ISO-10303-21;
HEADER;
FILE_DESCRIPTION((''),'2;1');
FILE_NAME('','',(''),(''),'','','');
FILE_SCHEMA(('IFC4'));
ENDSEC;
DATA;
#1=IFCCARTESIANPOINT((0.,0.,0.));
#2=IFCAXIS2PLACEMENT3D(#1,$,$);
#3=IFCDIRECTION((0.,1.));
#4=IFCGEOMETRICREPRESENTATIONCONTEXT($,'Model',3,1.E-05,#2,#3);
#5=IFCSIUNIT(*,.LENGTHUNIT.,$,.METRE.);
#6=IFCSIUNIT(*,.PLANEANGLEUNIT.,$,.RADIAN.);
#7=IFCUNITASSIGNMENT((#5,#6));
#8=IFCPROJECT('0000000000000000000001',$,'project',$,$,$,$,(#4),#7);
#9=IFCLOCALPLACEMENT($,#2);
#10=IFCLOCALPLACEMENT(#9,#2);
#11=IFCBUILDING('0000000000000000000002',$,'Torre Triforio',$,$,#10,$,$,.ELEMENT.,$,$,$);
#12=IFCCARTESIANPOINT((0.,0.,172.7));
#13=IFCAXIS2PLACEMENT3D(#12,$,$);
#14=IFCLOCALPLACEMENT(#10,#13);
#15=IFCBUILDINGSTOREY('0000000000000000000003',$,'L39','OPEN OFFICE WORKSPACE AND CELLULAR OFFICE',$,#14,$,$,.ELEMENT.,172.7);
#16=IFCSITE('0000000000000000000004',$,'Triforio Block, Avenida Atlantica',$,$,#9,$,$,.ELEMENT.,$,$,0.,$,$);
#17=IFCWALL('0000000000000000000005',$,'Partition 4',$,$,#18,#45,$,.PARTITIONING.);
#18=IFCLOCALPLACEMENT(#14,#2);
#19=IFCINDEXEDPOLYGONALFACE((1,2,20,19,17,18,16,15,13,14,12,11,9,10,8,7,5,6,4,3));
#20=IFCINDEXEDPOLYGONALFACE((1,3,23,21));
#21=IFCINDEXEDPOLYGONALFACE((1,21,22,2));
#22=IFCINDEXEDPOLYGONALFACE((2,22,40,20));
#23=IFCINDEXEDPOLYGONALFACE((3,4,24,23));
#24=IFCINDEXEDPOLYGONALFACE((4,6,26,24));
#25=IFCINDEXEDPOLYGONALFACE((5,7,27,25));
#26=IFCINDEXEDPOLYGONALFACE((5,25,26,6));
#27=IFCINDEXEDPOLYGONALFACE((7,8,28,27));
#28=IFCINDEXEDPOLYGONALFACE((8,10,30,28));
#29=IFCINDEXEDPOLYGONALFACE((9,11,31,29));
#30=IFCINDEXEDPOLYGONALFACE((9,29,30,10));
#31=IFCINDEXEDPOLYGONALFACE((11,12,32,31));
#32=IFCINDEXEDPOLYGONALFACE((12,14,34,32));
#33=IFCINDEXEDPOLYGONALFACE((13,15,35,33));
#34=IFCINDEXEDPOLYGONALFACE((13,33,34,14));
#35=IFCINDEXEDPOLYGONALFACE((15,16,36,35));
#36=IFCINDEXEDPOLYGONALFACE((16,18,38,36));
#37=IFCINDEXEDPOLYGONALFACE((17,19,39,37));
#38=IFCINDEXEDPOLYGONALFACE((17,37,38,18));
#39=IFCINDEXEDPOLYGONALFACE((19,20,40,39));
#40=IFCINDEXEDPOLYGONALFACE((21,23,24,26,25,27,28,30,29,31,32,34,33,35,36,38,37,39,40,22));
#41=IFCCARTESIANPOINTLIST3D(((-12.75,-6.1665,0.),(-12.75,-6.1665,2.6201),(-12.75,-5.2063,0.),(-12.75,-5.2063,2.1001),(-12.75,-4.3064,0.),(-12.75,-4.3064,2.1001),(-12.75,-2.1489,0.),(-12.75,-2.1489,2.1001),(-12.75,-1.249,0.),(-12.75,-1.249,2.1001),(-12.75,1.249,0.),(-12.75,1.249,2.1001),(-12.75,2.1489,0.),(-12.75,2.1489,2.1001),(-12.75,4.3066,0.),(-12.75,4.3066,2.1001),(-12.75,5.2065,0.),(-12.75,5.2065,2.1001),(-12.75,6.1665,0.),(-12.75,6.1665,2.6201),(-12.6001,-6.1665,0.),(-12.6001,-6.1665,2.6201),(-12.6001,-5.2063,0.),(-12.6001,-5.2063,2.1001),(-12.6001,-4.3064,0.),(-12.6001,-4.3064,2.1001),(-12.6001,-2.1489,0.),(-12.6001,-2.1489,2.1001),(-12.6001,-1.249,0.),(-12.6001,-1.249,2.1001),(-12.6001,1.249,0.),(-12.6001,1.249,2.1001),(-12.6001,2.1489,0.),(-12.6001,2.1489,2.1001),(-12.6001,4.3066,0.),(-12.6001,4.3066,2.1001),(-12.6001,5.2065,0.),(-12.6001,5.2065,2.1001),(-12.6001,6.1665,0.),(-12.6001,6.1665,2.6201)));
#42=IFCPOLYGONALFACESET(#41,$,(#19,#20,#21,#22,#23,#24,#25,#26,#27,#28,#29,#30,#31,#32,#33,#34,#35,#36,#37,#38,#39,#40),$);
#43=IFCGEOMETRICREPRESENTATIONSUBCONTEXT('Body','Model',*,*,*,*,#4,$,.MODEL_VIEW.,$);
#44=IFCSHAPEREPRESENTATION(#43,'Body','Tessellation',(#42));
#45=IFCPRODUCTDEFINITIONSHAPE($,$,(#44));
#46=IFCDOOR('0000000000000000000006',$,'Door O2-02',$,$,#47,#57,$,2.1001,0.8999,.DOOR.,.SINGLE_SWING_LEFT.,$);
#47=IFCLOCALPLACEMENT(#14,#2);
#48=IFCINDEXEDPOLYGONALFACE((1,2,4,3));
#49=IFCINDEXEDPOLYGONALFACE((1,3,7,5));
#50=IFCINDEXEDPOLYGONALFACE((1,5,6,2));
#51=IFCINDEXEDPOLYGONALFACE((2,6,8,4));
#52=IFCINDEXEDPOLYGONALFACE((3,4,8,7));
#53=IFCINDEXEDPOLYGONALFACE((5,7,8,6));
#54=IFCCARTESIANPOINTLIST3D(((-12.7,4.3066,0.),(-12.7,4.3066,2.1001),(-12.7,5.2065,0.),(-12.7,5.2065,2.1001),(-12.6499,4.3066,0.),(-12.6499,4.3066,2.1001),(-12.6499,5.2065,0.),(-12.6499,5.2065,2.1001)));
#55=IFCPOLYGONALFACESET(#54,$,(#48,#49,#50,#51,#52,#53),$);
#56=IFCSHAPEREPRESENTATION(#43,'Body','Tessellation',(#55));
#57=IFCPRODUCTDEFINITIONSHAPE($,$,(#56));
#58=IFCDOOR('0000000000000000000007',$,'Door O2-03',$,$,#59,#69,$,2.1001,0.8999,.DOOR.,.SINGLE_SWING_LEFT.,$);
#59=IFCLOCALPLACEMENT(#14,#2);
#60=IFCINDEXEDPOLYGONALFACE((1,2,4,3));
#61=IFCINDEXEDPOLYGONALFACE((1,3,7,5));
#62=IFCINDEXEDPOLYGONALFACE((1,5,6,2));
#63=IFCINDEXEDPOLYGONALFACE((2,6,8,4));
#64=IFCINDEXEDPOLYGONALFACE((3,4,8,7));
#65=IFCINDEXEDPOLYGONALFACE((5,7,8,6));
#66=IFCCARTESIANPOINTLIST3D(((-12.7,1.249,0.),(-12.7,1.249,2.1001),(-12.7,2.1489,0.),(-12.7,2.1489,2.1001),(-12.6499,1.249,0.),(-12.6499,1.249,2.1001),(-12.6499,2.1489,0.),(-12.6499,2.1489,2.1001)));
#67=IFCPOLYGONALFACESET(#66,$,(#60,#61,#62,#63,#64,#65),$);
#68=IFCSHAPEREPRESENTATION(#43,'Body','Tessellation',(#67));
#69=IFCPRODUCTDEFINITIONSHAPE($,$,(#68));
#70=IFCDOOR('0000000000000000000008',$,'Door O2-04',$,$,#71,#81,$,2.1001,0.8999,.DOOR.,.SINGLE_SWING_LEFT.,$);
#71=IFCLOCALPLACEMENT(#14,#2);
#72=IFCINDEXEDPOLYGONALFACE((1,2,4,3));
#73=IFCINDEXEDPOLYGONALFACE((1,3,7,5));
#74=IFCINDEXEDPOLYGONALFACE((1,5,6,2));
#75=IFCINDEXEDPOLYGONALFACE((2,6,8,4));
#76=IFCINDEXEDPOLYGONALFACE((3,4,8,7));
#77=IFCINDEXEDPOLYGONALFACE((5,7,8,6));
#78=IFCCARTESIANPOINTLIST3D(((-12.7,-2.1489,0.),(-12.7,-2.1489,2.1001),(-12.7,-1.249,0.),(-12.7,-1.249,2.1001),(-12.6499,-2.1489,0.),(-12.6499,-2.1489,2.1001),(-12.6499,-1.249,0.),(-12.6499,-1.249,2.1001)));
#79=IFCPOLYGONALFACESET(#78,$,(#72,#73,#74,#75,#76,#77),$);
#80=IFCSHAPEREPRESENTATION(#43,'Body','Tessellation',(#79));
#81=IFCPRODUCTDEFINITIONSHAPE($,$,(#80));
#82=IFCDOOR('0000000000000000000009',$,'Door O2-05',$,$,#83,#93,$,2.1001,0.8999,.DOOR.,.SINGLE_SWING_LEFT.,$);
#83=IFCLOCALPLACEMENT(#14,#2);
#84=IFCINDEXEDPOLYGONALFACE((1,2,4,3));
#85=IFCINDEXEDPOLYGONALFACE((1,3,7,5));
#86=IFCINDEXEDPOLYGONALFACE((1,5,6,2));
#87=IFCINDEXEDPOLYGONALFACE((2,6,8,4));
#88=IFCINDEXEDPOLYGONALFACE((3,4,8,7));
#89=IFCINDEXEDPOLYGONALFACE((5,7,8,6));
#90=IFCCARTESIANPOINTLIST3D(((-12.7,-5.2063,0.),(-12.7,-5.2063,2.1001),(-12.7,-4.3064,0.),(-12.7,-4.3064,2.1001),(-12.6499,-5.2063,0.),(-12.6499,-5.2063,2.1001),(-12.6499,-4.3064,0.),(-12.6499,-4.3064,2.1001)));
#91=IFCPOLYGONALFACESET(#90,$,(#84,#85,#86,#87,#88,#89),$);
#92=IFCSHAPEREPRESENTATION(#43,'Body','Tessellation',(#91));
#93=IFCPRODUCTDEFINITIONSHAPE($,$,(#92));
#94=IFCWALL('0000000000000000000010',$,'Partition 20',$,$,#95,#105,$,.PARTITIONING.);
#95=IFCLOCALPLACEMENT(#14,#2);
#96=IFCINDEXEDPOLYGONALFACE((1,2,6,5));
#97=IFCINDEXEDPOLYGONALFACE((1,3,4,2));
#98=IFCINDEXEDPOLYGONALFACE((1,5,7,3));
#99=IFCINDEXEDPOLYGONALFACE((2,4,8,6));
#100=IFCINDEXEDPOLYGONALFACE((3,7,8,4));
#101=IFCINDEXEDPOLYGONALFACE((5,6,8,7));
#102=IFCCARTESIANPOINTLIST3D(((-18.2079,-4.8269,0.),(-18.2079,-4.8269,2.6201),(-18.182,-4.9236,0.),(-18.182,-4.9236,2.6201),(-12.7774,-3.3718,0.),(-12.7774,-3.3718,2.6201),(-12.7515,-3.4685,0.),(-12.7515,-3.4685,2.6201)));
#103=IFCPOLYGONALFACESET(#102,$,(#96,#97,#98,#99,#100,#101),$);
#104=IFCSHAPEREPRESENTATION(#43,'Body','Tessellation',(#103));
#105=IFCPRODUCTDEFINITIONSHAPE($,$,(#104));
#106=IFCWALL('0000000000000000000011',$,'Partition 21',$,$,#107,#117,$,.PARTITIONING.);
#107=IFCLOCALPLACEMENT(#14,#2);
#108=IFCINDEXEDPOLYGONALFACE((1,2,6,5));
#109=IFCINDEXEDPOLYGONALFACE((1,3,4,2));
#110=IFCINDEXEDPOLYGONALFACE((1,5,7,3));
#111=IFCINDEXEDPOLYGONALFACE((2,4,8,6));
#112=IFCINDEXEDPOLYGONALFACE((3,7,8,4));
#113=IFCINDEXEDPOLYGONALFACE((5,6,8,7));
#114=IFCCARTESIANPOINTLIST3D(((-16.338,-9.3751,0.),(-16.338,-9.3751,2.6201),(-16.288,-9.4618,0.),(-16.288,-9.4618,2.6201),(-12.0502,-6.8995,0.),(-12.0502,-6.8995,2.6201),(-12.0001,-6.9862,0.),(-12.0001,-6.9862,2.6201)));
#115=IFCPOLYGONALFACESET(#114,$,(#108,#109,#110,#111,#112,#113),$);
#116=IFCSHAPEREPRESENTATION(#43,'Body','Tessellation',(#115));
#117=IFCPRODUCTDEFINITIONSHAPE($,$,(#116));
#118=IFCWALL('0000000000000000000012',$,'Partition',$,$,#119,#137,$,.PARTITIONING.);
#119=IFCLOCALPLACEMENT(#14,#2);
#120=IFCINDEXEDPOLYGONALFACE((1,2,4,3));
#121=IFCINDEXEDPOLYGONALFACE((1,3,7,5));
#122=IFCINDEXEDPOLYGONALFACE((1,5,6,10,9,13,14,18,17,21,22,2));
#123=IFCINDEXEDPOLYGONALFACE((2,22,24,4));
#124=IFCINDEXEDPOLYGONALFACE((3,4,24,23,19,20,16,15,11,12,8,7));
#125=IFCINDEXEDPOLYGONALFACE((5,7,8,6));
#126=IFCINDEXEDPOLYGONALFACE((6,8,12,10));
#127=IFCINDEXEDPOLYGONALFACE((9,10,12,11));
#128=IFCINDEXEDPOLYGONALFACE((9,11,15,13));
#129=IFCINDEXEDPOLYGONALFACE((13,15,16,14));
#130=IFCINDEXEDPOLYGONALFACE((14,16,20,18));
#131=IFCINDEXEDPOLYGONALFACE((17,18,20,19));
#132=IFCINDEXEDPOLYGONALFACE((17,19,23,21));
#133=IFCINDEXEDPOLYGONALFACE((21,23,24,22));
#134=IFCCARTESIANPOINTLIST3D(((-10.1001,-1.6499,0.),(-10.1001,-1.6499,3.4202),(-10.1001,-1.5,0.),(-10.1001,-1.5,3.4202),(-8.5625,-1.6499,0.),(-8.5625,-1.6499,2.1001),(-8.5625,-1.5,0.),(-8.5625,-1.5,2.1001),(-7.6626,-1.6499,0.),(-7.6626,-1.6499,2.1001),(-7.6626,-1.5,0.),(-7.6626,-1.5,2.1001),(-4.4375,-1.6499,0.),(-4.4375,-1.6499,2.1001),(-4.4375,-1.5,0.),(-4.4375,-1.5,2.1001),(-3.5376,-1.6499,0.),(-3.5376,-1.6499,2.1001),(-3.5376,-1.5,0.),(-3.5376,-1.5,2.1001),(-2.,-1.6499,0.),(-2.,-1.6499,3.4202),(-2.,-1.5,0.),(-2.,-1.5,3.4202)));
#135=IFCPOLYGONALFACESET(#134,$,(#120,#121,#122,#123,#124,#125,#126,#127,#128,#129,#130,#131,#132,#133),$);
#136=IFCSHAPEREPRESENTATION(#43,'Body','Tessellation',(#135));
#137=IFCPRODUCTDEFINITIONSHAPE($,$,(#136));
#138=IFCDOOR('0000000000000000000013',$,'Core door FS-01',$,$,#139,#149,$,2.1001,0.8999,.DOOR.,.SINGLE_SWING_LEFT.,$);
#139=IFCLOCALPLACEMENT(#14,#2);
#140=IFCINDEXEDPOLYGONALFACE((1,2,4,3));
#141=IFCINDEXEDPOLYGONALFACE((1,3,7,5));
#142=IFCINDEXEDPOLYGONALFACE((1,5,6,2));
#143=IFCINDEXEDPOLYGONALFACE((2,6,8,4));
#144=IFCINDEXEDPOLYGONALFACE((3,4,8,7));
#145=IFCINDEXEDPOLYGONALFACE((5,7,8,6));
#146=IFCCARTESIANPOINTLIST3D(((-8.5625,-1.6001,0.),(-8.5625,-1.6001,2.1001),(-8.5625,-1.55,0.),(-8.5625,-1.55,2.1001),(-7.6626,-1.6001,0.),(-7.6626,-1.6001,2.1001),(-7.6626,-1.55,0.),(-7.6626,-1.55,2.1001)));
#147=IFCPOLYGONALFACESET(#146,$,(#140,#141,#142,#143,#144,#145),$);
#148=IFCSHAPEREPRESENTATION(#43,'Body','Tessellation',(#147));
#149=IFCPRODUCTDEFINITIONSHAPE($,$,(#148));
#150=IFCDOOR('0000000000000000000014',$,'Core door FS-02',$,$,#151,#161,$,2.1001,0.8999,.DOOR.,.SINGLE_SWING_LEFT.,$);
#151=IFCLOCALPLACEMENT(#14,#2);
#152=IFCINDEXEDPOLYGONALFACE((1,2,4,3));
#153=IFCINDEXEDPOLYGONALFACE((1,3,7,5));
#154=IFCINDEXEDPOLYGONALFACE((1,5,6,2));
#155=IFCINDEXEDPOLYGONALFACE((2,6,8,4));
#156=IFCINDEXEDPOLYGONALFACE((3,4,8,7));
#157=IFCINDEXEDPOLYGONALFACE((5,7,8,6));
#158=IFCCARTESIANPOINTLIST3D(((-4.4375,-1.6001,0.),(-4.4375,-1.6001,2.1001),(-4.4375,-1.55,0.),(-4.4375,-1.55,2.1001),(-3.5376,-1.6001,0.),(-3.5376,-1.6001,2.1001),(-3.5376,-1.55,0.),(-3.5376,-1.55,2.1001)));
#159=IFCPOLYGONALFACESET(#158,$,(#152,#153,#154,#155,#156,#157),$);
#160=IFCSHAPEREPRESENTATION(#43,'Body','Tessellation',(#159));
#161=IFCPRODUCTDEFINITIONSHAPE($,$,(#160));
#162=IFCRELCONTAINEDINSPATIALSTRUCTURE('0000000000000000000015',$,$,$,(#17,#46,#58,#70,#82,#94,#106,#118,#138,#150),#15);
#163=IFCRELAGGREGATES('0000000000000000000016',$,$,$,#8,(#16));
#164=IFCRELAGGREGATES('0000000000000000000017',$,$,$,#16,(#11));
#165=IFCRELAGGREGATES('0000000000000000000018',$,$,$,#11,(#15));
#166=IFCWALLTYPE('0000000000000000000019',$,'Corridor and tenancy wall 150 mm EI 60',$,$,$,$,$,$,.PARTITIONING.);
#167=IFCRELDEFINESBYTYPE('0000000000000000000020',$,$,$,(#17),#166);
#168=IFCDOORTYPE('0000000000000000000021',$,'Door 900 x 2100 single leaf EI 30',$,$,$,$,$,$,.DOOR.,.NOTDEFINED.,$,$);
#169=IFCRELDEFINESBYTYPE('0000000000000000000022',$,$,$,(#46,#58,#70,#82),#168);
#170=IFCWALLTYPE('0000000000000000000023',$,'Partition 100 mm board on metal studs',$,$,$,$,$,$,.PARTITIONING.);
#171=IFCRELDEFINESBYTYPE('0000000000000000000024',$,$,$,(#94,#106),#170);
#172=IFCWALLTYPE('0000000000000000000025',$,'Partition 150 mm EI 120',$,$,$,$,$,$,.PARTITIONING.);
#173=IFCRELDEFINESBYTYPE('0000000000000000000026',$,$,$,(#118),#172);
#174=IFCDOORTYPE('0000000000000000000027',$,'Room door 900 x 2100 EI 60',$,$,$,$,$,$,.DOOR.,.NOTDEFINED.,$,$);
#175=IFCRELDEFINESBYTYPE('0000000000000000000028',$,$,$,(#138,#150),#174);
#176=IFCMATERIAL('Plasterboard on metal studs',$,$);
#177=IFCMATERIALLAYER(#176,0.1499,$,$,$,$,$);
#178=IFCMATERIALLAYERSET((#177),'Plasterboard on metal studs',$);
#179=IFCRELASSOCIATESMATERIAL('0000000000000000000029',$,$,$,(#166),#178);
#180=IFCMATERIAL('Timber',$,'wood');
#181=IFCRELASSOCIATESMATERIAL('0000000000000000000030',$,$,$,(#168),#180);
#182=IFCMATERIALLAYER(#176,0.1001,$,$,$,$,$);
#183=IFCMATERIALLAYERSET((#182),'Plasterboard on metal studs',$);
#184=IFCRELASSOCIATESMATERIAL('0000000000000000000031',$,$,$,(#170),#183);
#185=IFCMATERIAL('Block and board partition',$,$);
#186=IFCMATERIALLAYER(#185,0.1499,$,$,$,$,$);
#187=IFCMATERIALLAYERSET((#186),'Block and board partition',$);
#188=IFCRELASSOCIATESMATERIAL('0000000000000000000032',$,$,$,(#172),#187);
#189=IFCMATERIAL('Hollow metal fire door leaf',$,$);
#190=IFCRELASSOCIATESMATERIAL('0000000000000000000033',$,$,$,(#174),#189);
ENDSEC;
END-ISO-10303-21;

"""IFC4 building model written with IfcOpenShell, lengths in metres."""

from ifc_helpers import new_model, si_unit, direction, frame, frame_2d, origin, place, context, subcontext, project, spatial, rectangle, extrude, material, layer, layer_set, type_object, element, fill, save


model = new_model("IFC4")

# Units and contexts
model_context = context("Model", 3, precision=1e-05, world=origin(), true_north=direction((0.0, 1.0)))
body_context = subcontext(model_context, "Body", "Model", "MODEL_VIEW")
ifc_project = project(units=[si_unit("LENGTHUNIT", "METRE"), si_unit("PLANEANGLEUNIT", "RADIAN")], contexts=[model_context])

# Site, building, storey
site_placement = place(None, origin())
site = spatial("IfcSite", under=ifc_project, at=site_placement, Name="Triforio Block, Avenida Atlantica", CompositionType="ELEMENT", RefElevation=0.0)
building_placement = place(site_placement, origin())
building = spatial("IfcBuilding", under=site, at=building_placement, Name="Torre Triforio", CompositionType="ELEMENT")
storey_placement = place(building_placement, frame((0.0, 0.0, 172.7)))
storey = spatial("IfcBuildingStorey", under=building, at=storey_placement, Name="L39", Description="OPEN OFFICE WORKSPACE AND CELLULAR OFFICE", CompositionType="ELEMENT", Elevation=172.7)

# Shared definitions
ifc_material_1 = material(Name="Hollow metal fire door leaf")

# Wall, openings, doors
ifc_material_2 = material(Name="Plasterboard on metal studs")
ifc_layer_1 = layer(ifc_material_2, 0.1499)
ifc_layer_set_1 = layer_set([ifc_layer_1], Name="Plasterboard on metal studs")
wall_type_1 = type_object("IfcWallType", Name="Corridor and tenancy wall 150 mm EI 60", PredefinedType="PARTITIONING", material=ifc_layer_set_1)
wall_1_placement = place(storey_placement, frame((-12.675, -6.1665, 0.0), z_axis=(0.0, 0.0, 1.0), x_axis=(0.0, 1.0, 0.0)))
wall_1 = element("IfcWall", 1, at=wall_1_placement, inside=storey, type_object=wall_type_1, Name="Partition 4", PredefinedType="PARTITIONING", context=body_context, shape_type="SweptSolid", body=[
    extrude(rectangle(XDim=12.333, YDim=0.1499, at=frame_2d((6.1665, 0.0))), origin(), (0.0, 0.0, 1.0), 2.6201),
])
opening_1_placement = place(wall_1_placement, frame((10.4731, 0.0, 0.0)))
opening_1 = element("IfcOpeningElement", 2, at=opening_1_placement, cuts=wall_1, PredefinedType="OPENING", context=body_context, shape_type="SweptSolid", body=[
    extrude(rectangle(XDim=0.8999, YDim=2.1001, at=frame_2d((0.45, 1.05))), frame((0.0, 0.085, 0.0), z_axis=(0.0, -1.0, 0.0), x_axis=(1.0, 0.0, 0.0)), (0.0, 0.0, 1.0), 0.1699),
])
opening_2_placement = place(wall_1_placement, frame((7.4155, 0.0, 0.0)))
opening_2 = element("IfcOpeningElement", 3, at=opening_2_placement, cuts=wall_1, PredefinedType="OPENING", context=body_context, shape_type="SweptSolid", body=[
    extrude(rectangle(XDim=0.8999, YDim=2.1001, at=frame_2d((0.45, 1.05))), frame((0.0, 0.085, 0.0), z_axis=(0.0, -1.0, 0.0), x_axis=(1.0, 0.0, 0.0)), (0.0, 0.0, 1.0), 0.1699),
])
opening_3_placement = place(wall_1_placement, frame((4.0176, 0.0, 0.0)))
opening_3 = element("IfcOpeningElement", 4, at=opening_3_placement, cuts=wall_1, PredefinedType="OPENING", context=body_context, shape_type="SweptSolid", body=[
    extrude(rectangle(XDim=0.8999, YDim=2.1001, at=frame_2d((0.45, 1.05))), frame((0.0, 0.085, 0.0), z_axis=(0.0, -1.0, 0.0), x_axis=(1.0, 0.0, 0.0)), (0.0, 0.0, 1.0), 0.1699),
])
opening_4_placement = place(wall_1_placement, frame((0.9602, 0.0, 0.0)))
opening_4 = element("IfcOpeningElement", 5, at=opening_4_placement, cuts=wall_1, PredefinedType="OPENING", context=body_context, shape_type="SweptSolid", body=[
    extrude(rectangle(XDim=0.8999, YDim=2.1001, at=frame_2d((0.45, 1.05))), frame((0.0, 0.085, 0.0), z_axis=(0.0, -1.0, 0.0), x_axis=(1.0, 0.0, 0.0)), (0.0, 0.0, 1.0), 0.1699),
])
ifc_material_3 = material(Name="Timber", Category="wood")
door_type_1 = type_object("IfcDoorType", Name="Door 900 x 2100 single leaf EI 30", OperationType="NOTDEFINED", PredefinedType="DOOR", material=ifc_material_3)
door_1_placement = place(opening_1_placement, origin())
door_1 = element("IfcDoor", 6, at=door_1_placement, inside=storey, type_object=door_type_1, Name="Door O2-02", OperationType="SINGLE_SWING_LEFT", OverallHeight=2.1001, OverallWidth=0.8999, PredefinedType="DOOR", context=body_context, shape_type="SweptSolid", body=[
    extrude(rectangle(XDim=0.8999, YDim=2.1001, at=frame_2d((0.45, 1.05))), frame((0.0, 0.0249, 0.0), z_axis=(0.0, -1.0, 0.0), x_axis=(1.0, 0.0, 0.0)), (0.0, 0.0, 1.0), 0.05),
])
fill(opening_1, door_1)
door_2_placement = place(opening_2_placement, origin())
door_2 = element("IfcDoor", 7, at=door_2_placement, inside=storey, type_object=door_type_1, Name="Door O2-03", OperationType="SINGLE_SWING_LEFT", OverallHeight=2.1001, OverallWidth=0.8999, PredefinedType="DOOR", context=body_context, shape_type="SweptSolid", body=[
    extrude(rectangle(XDim=0.8999, YDim=2.1001, at=frame_2d((0.45, 1.05))), frame((0.0, 0.0249, 0.0), z_axis=(0.0, -1.0, 0.0), x_axis=(1.0, 0.0, 0.0)), (0.0, 0.0, 1.0), 0.05),
])
fill(opening_2, door_2)
door_3_placement = place(opening_3_placement, origin())
door_3 = element("IfcDoor", 8, at=door_3_placement, inside=storey, type_object=door_type_1, Name="Door O2-04", OperationType="SINGLE_SWING_LEFT", OverallHeight=2.1001, OverallWidth=0.8999, PredefinedType="DOOR", context=body_context, shape_type="SweptSolid", body=[
    extrude(rectangle(XDim=0.8999, YDim=2.1001, at=frame_2d((0.45, 1.05))), frame((0.0, 0.0249, 0.0), z_axis=(0.0, -1.0, 0.0), x_axis=(1.0, 0.0, 0.0)), (0.0, 0.0, 1.0), 0.05),
])
fill(opening_3, door_3)
door_4_placement = place(opening_4_placement, origin())
door_4 = element("IfcDoor", 9, at=door_4_placement, inside=storey, type_object=door_type_1, Name="Door O2-05", OperationType="SINGLE_SWING_LEFT", OverallHeight=2.1001, OverallWidth=0.8999, PredefinedType="DOOR", context=body_context, shape_type="SweptSolid", body=[
    extrude(rectangle(XDim=0.8999, YDim=2.1001, at=frame_2d((0.45, 1.05))), frame((0.0, 0.0249, 0.0), z_axis=(0.0, -1.0, 0.0), x_axis=(1.0, 0.0, 0.0)), (0.0, 0.0, 1.0), 0.05),
])
fill(opening_4, door_4)

# Walls
ifc_layer_2 = layer(ifc_material_2, 0.1001)
ifc_layer_set_2 = layer_set([ifc_layer_2], Name="Plasterboard on metal studs")
wall_type_2 = type_object("IfcWallType", Name="Partition 100 mm board on metal studs", PredefinedType="PARTITIONING", material=ifc_layer_set_2)
wall_2_placement = place(storey_placement, frame((-12.7644, -3.4202, 0.0), z_axis=(0.0, 0.0, 1.0), x_axis=(-0.965926, -0.258819, 0.0)))
element("IfcWall", 10, at=wall_2_placement, inside=storey, type_object=wall_type_2, Name="Partition 20", PredefinedType="PARTITIONING", context=body_context, shape_type="SweptSolid", body=[
    extrude(rectangle(XDim=5.6221, YDim=0.1001, at=frame_2d((2.811, 0.0))), origin(), (0.0, 0.0, 1.0), 2.6201),
])
wall_3_placement = place(storey_placement, frame((-12.0251, -6.9429, 0.0), z_axis=(0.0, 0.0, 1.0), x_axis=(-0.866025, -0.5, 0.0)))
element("IfcWall", 11, at=wall_3_placement, inside=storey, type_object=wall_type_2, Name="Partition 21", PredefinedType="PARTITIONING", context=body_context, shape_type="SweptSolid", body=[
    extrude(rectangle(XDim=4.9512, YDim=0.1001, at=frame_2d((2.4756, 0.0))), origin(), (0.0, 0.0, 1.0), 2.6201),
])

# Wall, openings, doors
ifc_material_4 = material(Name="Block and board partition")
ifc_layer_3 = layer(ifc_material_4, 0.1499)
ifc_layer_set_3 = layer_set([ifc_layer_3], Name="Block and board partition")
wall_type_3 = type_object("IfcWallType", Name="Partition 150 mm EI 120", PredefinedType="PARTITIONING", material=ifc_layer_set_3)
wall_4_placement = place(storey_placement, frame((-10.1001, -1.575, 0.0), z_axis=(0.0, 0.0, 1.0), x_axis=(1.0, 0.0, 0.0)))
wall_4 = element("IfcWall", 12, at=wall_4_placement, inside=storey, type_object=wall_type_3, Name="Partition", PredefinedType="PARTITIONING", context=body_context, shape_type="SweptSolid", body=[
    extrude(rectangle(XDim=8.1001, YDim=0.1499, at=frame_2d((4.05, 0.0))), origin(), (0.0, 0.0, 1.0), 3.4202),
])
opening_5_placement = place(wall_4_placement, frame((1.5376, 0.0, 0.0)))
opening_5 = element("IfcOpeningElement", 13, at=opening_5_placement, cuts=wall_4, PredefinedType="OPENING", context=body_context, shape_type="SweptSolid", body=[
    extrude(rectangle(XDim=0.8999, YDim=2.1001, at=frame_2d((0.45, 1.05))), frame((0.0, 0.085, 0.0), z_axis=(0.0, -1.0, 0.0), x_axis=(1.0, 0.0, 0.0)), (0.0, 0.0, 1.0), 0.1699),
])
opening_6_placement = place(wall_4_placement, frame((5.6626, 0.0, 0.0)))
opening_6 = element("IfcOpeningElement", 14, at=opening_6_placement, cuts=wall_4, PredefinedType="OPENING", context=body_context, shape_type="SweptSolid", body=[
    extrude(rectangle(XDim=0.8999, YDim=2.1001, at=frame_2d((0.45, 1.05))), frame((0.0, 0.085, 0.0), z_axis=(0.0, -1.0, 0.0), x_axis=(1.0, 0.0, 0.0)), (0.0, 0.0, 1.0), 0.1699),
])
door_type_2 = type_object("IfcDoorType", Name="Room door 900 x 2100 EI 60", OperationType="NOTDEFINED", PredefinedType="DOOR", material=ifc_material_1)
door_5_placement = place(opening_5_placement, origin())
door_5 = element("IfcDoor", 15, at=door_5_placement, inside=storey, type_object=door_type_2, Name="Core door FS-01", OperationType="SINGLE_SWING_LEFT", OverallHeight=2.1001, OverallWidth=0.8999, PredefinedType="DOOR", context=body_context, shape_type="SweptSolid", body=[
    extrude(rectangle(XDim=0.8999, YDim=2.1001, at=frame_2d((0.45, 1.05))), frame((0.0, 0.0249, 0.0), z_axis=(0.0, -1.0, 0.0), x_axis=(1.0, 0.0, 0.0)), (0.0, 0.0, 1.0), 0.05),
])
fill(opening_5, door_5)
door_6_placement = place(opening_6_placement, origin())
door_6 = element("IfcDoor", 16, at=door_6_placement, inside=storey, type_object=door_type_2, Name="Core door FS-02", OperationType="SINGLE_SWING_LEFT", OverallHeight=2.1001, OverallWidth=0.8999, PredefinedType="DOOR", context=body_context, shape_type="SweptSolid", body=[
    extrude(rectangle(XDim=0.8999, YDim=2.1001, at=frame_2d((0.45, 1.05))), frame((0.0, 0.0249, 0.0), z_axis=(0.0, -1.0, 0.0), x_axis=(1.0, 0.0, 0.0)), (0.0, 0.0, 1.0), 0.05),
])
fill(opening_6, door_6)

save(model, "model.ifc")
